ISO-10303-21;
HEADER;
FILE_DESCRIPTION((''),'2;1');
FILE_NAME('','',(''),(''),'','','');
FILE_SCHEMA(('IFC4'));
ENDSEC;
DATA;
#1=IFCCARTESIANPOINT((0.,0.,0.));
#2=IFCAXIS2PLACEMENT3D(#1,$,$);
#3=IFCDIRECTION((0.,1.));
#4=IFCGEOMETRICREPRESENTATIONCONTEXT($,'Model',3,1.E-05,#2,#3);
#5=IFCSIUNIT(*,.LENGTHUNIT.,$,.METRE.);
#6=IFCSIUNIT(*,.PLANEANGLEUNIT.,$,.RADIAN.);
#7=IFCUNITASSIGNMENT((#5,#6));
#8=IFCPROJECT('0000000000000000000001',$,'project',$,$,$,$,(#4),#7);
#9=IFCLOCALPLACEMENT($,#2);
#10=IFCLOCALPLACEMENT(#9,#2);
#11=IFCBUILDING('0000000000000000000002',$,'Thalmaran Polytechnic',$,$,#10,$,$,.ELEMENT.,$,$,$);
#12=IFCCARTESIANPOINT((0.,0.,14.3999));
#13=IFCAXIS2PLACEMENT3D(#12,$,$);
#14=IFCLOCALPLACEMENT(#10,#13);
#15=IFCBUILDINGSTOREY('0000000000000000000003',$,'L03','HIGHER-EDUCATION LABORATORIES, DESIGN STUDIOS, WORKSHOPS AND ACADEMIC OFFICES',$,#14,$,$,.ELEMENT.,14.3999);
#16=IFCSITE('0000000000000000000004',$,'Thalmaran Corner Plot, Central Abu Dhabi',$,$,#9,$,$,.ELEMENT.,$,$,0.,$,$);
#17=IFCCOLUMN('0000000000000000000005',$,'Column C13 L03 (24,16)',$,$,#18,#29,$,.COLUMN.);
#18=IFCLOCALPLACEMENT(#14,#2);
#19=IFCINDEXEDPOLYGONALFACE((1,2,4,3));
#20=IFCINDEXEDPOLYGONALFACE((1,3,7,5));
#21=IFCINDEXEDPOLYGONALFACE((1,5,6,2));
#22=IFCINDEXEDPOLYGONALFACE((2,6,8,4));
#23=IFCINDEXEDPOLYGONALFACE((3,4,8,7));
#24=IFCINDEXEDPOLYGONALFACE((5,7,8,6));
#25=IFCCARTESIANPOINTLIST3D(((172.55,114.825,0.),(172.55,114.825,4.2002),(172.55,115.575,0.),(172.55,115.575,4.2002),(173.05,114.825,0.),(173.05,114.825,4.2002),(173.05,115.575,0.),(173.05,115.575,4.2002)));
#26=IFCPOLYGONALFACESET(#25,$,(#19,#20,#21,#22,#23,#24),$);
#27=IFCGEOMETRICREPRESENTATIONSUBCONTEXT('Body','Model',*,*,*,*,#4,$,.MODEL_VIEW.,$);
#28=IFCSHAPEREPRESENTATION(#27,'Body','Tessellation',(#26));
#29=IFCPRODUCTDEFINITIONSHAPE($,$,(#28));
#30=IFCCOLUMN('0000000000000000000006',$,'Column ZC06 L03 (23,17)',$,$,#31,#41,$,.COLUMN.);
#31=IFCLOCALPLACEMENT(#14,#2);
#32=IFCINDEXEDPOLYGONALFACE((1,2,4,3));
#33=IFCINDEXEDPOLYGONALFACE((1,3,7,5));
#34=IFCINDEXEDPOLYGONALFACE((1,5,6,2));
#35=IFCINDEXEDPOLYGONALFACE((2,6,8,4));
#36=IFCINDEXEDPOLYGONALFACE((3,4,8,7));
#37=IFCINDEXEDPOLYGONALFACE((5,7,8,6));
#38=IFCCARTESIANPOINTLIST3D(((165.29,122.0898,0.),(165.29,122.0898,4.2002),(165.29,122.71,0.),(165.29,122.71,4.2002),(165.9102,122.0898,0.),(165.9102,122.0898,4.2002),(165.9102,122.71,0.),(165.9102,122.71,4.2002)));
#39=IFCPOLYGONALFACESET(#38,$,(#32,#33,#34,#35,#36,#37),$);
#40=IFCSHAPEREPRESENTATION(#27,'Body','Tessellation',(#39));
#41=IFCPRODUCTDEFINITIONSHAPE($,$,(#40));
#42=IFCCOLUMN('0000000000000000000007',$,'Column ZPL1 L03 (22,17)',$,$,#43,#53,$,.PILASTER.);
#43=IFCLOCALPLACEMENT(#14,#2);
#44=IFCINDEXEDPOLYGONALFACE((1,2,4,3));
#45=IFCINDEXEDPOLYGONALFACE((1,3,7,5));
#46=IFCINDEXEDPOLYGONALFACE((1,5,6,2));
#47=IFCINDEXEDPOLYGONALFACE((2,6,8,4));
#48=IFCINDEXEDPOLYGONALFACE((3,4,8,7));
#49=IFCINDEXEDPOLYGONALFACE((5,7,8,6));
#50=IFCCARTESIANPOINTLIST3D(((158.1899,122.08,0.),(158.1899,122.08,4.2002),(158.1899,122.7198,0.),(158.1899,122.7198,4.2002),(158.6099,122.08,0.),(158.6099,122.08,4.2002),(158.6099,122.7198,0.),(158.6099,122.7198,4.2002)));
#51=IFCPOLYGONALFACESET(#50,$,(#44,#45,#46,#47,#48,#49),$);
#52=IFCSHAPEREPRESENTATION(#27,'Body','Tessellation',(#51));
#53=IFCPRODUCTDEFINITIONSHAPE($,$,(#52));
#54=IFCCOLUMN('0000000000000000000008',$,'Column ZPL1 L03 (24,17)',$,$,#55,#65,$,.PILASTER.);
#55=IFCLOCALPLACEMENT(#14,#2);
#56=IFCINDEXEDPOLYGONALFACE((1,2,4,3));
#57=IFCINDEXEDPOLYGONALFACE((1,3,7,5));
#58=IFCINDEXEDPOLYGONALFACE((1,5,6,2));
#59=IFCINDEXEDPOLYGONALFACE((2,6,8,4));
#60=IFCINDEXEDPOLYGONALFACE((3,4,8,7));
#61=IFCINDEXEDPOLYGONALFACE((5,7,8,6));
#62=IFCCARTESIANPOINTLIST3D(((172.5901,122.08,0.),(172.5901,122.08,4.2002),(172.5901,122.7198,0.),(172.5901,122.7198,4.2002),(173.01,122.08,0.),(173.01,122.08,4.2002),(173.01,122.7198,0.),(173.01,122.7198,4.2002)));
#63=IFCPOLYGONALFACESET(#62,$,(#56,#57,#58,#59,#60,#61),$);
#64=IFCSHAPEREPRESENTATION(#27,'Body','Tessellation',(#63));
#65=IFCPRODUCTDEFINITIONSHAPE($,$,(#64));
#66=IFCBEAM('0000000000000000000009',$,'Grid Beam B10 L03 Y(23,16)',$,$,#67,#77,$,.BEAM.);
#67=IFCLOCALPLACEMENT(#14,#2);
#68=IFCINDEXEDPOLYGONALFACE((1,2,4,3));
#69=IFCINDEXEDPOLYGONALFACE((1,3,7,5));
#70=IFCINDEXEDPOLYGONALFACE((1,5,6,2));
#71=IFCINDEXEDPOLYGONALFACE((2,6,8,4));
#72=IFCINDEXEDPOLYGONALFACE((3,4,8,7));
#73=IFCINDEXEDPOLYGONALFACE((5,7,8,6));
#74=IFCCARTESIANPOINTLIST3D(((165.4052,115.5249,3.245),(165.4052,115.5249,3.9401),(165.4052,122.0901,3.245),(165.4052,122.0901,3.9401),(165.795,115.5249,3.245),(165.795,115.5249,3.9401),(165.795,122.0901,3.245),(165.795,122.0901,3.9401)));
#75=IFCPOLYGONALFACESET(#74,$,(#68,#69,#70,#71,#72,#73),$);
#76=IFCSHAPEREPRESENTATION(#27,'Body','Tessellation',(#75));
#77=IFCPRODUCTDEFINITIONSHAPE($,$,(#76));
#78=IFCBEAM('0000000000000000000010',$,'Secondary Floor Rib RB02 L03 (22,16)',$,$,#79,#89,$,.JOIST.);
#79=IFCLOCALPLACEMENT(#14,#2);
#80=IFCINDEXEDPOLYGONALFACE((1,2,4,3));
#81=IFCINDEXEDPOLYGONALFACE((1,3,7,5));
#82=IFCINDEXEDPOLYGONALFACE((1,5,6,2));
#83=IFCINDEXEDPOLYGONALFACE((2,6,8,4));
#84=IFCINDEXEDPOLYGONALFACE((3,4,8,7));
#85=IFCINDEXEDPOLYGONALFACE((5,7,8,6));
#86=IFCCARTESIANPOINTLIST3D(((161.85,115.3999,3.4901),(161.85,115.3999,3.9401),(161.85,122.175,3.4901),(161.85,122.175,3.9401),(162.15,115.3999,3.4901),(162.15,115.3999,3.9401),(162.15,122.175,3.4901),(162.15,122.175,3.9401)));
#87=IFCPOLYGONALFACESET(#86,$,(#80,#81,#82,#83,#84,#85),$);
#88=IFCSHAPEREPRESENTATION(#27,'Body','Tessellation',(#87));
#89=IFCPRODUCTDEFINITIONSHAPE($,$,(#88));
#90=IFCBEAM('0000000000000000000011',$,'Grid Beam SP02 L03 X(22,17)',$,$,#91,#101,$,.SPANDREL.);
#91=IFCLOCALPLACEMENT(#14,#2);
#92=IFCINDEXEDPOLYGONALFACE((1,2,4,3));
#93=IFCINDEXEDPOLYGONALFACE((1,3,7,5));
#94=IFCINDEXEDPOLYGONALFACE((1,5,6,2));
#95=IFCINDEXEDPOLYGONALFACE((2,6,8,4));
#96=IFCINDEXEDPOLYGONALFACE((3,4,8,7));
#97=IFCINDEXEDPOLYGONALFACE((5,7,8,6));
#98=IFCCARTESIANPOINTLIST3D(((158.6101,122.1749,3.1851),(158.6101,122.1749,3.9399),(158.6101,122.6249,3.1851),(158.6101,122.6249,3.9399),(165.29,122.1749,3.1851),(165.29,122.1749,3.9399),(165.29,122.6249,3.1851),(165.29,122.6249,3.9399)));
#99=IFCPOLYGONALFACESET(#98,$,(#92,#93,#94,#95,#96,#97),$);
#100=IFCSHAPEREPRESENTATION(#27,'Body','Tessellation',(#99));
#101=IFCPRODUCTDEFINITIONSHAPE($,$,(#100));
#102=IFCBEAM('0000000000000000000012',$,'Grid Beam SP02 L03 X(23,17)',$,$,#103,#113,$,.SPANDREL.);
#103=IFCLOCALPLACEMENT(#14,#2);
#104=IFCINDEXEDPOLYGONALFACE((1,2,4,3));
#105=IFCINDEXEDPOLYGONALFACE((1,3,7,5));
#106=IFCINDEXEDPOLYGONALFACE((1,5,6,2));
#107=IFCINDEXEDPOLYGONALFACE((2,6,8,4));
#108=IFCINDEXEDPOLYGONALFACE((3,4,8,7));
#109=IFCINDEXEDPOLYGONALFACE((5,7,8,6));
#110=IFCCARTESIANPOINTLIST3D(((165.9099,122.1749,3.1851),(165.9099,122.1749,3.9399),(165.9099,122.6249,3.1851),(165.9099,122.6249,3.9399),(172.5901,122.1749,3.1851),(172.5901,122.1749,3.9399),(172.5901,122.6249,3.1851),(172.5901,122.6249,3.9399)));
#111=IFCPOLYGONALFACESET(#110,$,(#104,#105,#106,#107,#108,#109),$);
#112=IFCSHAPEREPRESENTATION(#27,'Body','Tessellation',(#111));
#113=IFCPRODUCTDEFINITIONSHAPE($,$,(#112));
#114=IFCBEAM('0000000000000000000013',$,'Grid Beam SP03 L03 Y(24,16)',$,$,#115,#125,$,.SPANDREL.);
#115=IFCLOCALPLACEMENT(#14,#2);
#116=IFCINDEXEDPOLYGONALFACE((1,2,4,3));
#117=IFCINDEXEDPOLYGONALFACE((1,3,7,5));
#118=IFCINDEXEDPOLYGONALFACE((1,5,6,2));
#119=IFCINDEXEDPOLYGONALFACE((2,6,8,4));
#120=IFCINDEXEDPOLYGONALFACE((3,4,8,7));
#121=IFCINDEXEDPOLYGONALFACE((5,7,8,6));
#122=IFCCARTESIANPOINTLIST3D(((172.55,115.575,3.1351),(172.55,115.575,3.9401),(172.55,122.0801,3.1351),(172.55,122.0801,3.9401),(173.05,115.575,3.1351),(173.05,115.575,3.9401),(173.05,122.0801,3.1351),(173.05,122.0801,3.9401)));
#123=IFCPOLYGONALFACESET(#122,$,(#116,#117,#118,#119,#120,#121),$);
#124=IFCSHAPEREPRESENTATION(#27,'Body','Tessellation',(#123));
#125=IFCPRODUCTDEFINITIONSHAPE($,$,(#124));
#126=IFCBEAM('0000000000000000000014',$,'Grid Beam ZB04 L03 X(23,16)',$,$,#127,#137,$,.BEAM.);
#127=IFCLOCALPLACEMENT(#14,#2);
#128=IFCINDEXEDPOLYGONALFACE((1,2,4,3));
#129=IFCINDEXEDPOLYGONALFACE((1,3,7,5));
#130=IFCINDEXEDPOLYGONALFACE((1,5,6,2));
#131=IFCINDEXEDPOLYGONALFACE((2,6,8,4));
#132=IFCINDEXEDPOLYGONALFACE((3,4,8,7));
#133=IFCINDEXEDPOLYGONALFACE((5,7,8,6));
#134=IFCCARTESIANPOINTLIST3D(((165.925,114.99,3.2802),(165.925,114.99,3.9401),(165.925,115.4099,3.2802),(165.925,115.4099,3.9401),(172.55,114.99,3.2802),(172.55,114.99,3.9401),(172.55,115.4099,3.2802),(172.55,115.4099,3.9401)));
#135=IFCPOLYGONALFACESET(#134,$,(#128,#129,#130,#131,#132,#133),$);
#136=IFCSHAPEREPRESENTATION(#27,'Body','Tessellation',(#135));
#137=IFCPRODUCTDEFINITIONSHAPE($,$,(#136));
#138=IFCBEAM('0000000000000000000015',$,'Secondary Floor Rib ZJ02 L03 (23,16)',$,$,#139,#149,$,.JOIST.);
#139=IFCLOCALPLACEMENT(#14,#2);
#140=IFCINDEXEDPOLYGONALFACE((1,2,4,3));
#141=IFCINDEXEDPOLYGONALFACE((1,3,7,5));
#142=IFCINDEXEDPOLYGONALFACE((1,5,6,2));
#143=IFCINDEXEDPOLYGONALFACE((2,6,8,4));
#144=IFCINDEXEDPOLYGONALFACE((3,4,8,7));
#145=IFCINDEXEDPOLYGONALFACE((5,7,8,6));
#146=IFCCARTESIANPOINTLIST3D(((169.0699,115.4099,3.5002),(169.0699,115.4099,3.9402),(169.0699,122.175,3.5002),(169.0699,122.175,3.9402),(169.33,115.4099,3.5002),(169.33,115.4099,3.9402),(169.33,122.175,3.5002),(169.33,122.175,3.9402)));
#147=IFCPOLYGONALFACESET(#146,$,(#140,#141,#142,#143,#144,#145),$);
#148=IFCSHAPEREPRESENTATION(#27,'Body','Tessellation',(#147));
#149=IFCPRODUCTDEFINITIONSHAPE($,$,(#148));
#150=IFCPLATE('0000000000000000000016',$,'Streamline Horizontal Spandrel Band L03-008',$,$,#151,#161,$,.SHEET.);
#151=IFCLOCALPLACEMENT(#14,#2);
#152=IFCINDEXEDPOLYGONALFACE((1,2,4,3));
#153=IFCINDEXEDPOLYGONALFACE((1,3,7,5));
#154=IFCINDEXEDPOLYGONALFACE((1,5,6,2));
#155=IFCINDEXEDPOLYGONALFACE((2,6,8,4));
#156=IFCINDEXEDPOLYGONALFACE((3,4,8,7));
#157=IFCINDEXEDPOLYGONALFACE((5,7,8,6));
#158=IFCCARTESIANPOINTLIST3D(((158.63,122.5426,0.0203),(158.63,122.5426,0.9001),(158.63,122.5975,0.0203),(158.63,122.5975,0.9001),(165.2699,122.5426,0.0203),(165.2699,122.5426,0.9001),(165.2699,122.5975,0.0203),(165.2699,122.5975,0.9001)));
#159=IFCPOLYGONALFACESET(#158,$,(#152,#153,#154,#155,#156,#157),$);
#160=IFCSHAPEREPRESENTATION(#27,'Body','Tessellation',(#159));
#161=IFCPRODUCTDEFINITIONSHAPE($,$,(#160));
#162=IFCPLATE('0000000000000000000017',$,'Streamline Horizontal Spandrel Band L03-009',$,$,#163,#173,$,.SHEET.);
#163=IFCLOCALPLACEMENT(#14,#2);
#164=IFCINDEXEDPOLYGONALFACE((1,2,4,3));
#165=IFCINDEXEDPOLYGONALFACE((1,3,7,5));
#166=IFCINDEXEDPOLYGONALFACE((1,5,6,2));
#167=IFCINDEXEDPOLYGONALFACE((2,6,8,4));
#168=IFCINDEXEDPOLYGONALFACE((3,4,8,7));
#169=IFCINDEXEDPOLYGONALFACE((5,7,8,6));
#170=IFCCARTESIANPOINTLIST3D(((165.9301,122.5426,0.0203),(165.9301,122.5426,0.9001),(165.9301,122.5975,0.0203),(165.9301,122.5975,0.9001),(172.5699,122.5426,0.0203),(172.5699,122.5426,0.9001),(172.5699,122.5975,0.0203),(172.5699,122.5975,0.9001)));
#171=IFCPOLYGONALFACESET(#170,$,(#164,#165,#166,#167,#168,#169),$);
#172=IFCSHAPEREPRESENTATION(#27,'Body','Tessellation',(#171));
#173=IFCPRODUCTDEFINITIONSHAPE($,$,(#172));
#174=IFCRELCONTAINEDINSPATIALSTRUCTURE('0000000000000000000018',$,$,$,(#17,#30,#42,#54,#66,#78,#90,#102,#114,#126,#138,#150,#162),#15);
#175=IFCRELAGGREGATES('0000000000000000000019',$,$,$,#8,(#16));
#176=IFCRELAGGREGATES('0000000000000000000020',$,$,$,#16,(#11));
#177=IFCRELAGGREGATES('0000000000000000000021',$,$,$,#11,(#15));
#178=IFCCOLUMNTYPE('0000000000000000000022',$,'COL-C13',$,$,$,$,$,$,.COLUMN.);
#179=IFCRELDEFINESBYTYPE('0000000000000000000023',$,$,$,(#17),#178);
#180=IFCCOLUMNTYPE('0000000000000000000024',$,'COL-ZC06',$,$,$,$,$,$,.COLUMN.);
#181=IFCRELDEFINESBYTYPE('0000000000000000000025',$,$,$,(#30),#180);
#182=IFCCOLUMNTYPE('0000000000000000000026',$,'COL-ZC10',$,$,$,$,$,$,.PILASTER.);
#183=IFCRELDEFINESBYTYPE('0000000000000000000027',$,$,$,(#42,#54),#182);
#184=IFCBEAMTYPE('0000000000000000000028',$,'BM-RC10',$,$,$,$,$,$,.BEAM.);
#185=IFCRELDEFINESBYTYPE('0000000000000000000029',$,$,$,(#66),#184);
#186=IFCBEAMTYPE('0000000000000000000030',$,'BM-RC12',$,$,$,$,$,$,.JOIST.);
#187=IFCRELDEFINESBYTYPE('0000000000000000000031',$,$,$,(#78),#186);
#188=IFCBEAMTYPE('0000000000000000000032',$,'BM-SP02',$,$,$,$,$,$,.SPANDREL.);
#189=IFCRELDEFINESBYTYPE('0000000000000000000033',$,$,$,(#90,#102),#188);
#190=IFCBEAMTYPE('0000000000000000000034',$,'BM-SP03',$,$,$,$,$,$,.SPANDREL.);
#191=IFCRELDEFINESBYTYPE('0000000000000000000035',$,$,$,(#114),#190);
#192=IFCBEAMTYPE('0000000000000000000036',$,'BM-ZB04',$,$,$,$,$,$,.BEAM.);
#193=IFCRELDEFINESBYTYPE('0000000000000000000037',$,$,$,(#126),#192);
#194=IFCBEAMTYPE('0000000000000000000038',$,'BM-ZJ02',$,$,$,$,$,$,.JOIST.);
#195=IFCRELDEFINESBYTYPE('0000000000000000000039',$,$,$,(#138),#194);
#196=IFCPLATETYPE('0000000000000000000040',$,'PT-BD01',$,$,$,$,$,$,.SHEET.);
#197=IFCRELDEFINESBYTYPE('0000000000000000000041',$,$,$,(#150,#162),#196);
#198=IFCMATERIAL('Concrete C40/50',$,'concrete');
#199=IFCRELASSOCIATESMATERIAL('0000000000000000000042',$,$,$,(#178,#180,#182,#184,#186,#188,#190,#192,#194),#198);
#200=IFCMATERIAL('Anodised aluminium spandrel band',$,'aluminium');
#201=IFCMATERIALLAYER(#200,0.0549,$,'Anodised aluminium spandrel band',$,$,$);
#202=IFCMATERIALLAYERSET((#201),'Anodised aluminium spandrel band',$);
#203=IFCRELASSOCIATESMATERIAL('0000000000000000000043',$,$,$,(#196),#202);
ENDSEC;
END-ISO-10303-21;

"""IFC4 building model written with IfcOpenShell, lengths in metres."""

from ifc_helpers import new_model, si_unit, direction, frame, origin, origin_2d, place, context, subcontext, project, spatial, rectangle, extrude, material, layer, layer_set, material_profile, profile_set, type_object, element, save


model = new_model("IFC4")

# Units and contexts
model_context = context("Model", 3, precision=1e-05, world=origin(), true_north=direction((0.0, 1.0)))
body_context = subcontext(model_context, "Body", "Model", "MODEL_VIEW")
ifc_project = project(units=[si_unit("LENGTHUNIT", "METRE"), si_unit("PLANEANGLEUNIT", "RADIAN")], contexts=[model_context])

# Site, building, storey
site_placement = place(None, origin())
site = spatial("IfcSite", under=ifc_project, at=site_placement, Name="Thalmaran Corner Plot, Central Abu Dhabi", CompositionType="ELEMENT", RefElevation=0.0)
building_placement = place(site_placement, origin())
building = spatial("IfcBuilding", under=site, at=building_placement, Name="Thalmaran Polytechnic", CompositionType="ELEMENT")
storey_placement = place(building_placement, frame((0.0, 0.0, 14.3999)))
storey = spatial("IfcBuildingStorey", under=building, at=storey_placement, Name="L03", Description="HIGHER-EDUCATION LABORATORIES, DESIGN STUDIOS, WORKSHOPS AND ACADEMIC OFFICES", CompositionType="ELEMENT", Elevation=14.3999)

# Columns
ifc_material_1 = material(Name="Concrete C40/50", Category="concrete")
ifc_material_profile_1 = material_profile(ifc_material_1, rectangle(XDim=0.5, YDim=0.75, at=origin_2d()), Name="RC 500x750")
ifc_profile_set_1 = profile_set([ifc_material_profile_1], Name="Concrete C40/50")
column_type_1 = type_object("IfcColumnType", Name="COL-C13", PredefinedType="COLUMN", material=ifc_profile_set_1)
column_1_placement = place(storey_placement, frame((172.8, 115.2, 0.0), z_axis=(0.0, 0.0, 1.0), x_axis=(1.0, 0.0, 0.0)))
element("IfcColumn", 1, at=column_1_placement, inside=storey, type_object=column_type_1, Name="Column C13 L03 (24,16)", PredefinedType="COLUMN", context=body_context, shape_type="SweptSolid", body=[
    extrude(rectangle(XDim=0.5, YDim=0.75, at=origin_2d()), origin(), (0.0, 0.0, 1.0), 4.2002),
])
ifc_material_profile_2 = material_profile(ifc_material_1, rectangle(XDim=0.6201, YDim=0.6201, at=origin_2d()), Name="RC 620x620")
ifc_profile_set_2 = profile_set([ifc_material_profile_2], Name="Concrete C40/50")
column_type_2 = type_object("IfcColumnType", Name="COL-ZC06", PredefinedType="COLUMN", material=ifc_profile_set_2)
column_2_placement = place(storey_placement, frame((165.6001, 122.3999, 0.0), z_axis=(0.0, 0.0, 1.0), x_axis=(1.0, 0.0, 0.0)))
element("IfcColumn", 2, at=column_2_placement, inside=storey, type_object=column_type_2, Name="Column ZC06 L03 (23,17)", PredefinedType="COLUMN", context=body_context, shape_type="SweptSolid", body=[
    extrude(rectangle(XDim=0.6201, YDim=0.6201, at=origin_2d()), origin(), (0.0, 0.0, 1.0), 4.2002),
])
ifc_material_profile_3 = material_profile(ifc_material_1, rectangle(XDim=0.4199, YDim=0.6399, at=origin_2d()), Name="RC 420x640")
ifc_profile_set_3 = profile_set([ifc_material_profile_3], Name="Concrete C40/50")
column_type_3 = type_object("IfcColumnType", Name="COL-ZC10", PredefinedType="PILASTER", material=ifc_profile_set_3)
for number, where, z_axis, x_axis, name in (
    (3, (158.3999, 122.3999, 0.0), (0.0, 0.0, 1.0), (1.0, 0.0, 0.0), "Column ZPL1 L03 (22,17)"),
    (4, (172.8, 122.3999, 0.0), (0.0, 0.0, 1.0), (1.0, 0.0, 0.0), "Column ZPL1 L03 (24,17)"),
):
    element("IfcColumn", number, at=place(storey_placement, frame(where, z_axis=z_axis, x_axis=x_axis)), inside=storey, type_object=column_type_3, Name=name, PredefinedType="PILASTER", context=body_context, shape_type="SweptSolid", body=[
        extrude(rectangle(XDim=0.4199, YDim=0.6399, at=origin_2d()), origin(), (0.0, 0.0, 1.0), 4.2002),
    ])

# Beams
ifc_material_profile_4 = material_profile(ifc_material_1, rectangle(XDim=0.3899, YDim=0.6951, at=origin_2d()), Name="RC 390x695")
ifc_profile_set_4 = profile_set([ifc_material_profile_4], Name="Concrete C40/50")
beam_type_1 = type_object("IfcBeamType", Name="BM-RC10", PredefinedType="BEAM", material=ifc_profile_set_4)
beam_1_placement = place(storey_placement, frame((165.6001, 115.5249, 3.5925), z_axis=(0.0, 1.0, 0.0), x_axis=(-1.0, 0.0, 0.0)))
element("IfcBeam", 5, at=beam_1_placement, inside=storey, type_object=beam_type_1, Name="Grid Beam B10 L03 Y(23,16)", PredefinedType="BEAM", context=body_context, shape_type="SweptSolid", body=[
    extrude(rectangle(XDim=0.3899, YDim=0.6951, at=origin_2d()), origin(), (0.0, 0.0, 1.0), 6.5652),
])
ifc_material_profile_5 = material_profile(ifc_material_1, rectangle(XDim=0.3, YDim=0.45, at=origin_2d()), Name="RC 300x450")
ifc_profile_set_5 = profile_set([ifc_material_profile_5], Name="Concrete C40/50")
beam_type_2 = type_object("IfcBeamType", Name="BM-RC12", PredefinedType="JOIST", material=ifc_profile_set_5)
beam_2_placement = place(storey_placement, frame((162.0, 115.3999, 3.7151), z_axis=(0.0, 1.0, 0.0), x_axis=(-1.0, 0.0, 0.0)))
element("IfcBeam", 6, at=beam_2_placement, inside=storey, type_object=beam_type_2, Name="Secondary Floor Rib RB02 L03 (22,16)", PredefinedType="JOIST", context=body_context, shape_type="SweptSolid", body=[
    extrude(rectangle(XDim=0.3, YDim=0.45, at=origin_2d()), origin(), (0.0, 0.0, 1.0), 6.7751),
])
ifc_material_profile_6 = material_profile(ifc_material_1, rectangle(XDim=0.45, YDim=0.7549, at=origin_2d()), Name="RC 450x755")
ifc_profile_set_6 = profile_set([ifc_material_profile_6], Name="Concrete C40/50")
beam_type_3 = type_object("IfcBeamType", Name="BM-SP02", PredefinedType="SPANDREL", material=ifc_profile_set_6)
beam_3_placement = place(storey_placement, frame((158.6101, 122.3999, 3.5625), z_axis=(1.0, 0.0, 0.0), x_axis=(0.0, 1.0, 0.0)))
element("IfcBeam", 7, at=beam_3_placement, inside=storey, type_object=beam_type_3, Name="Grid Beam SP02 L03 X(22,17)", PredefinedType="SPANDREL", context=body_context, shape_type="SweptSolid", body=[
    extrude(rectangle(XDim=0.45, YDim=0.7549, at=origin_2d()), origin(), (0.0, 0.0, 1.0), 6.6799),
])
beam_4_placement = place(storey_placement, frame((165.9099, 122.3999, 3.5625), z_axis=(1.0, 0.0, 0.0), x_axis=(0.0, 1.0, 0.0)))
element("IfcBeam", 8, at=beam_4_placement, inside=storey, type_object=beam_type_3, Name="Grid Beam SP02 L03 X(23,17)", PredefinedType="SPANDREL", context=body_context, shape_type="SweptSolid", body=[
    extrude(rectangle(XDim=0.45, YDim=0.7549, at=origin_2d()), origin(), (0.0, 0.0, 1.0), 6.6802),
])
ifc_material_profile_7 = material_profile(ifc_material_1, rectangle(XDim=0.5, YDim=0.8049, at=origin_2d()), Name="RC 500x805")
ifc_profile_set_7 = profile_set([ifc_material_profile_7], Name="Concrete C40/50")
beam_type_4 = type_object("IfcBeamType", Name="BM-SP03", PredefinedType="SPANDREL", material=ifc_profile_set_7)
beam_5_placement = place(storey_placement, frame((172.8, 115.575, 3.5376), z_axis=(0.0, 1.0, 0.0), x_axis=(-1.0, 0.0, 0.0)))
element("IfcBeam", 9, at=beam_5_placement, inside=storey, type_object=beam_type_4, Name="Grid Beam SP03 L03 Y(24,16)", PredefinedType="SPANDREL", context=body_context, shape_type="SweptSolid", body=[
    extrude(rectangle(XDim=0.5, YDim=0.8049, at=origin_2d()), origin(), (0.0, 0.0, 1.0), 6.5051),
])
ifc_material_profile_8 = material_profile(ifc_material_1, rectangle(XDim=0.4199, YDim=0.6599, at=origin_2d()), Name="RC 420x660")
ifc_profile_set_8 = profile_set([ifc_material_profile_8], Name="Concrete C40/50")
beam_type_5 = type_object("IfcBeamType", Name="BM-ZB04", PredefinedType="BEAM", material=ifc_profile_set_8)
beam_6_placement = place(storey_placement, frame((165.925, 115.2, 3.6101), z_axis=(1.0, 0.0, 0.0), x_axis=(0.0, 1.0, 0.0)))
element("IfcBeam", 10, at=beam_6_placement, inside=storey, type_object=beam_type_5, Name="Grid Beam ZB04 L03 X(23,16)", PredefinedType="BEAM", context=body_context, shape_type="SweptSolid", body=[
    extrude(rectangle(XDim=0.4199, YDim=0.6599, at=origin_2d()), origin(), (0.0, 0.0, 1.0), 6.625),
])
ifc_material_profile_9 = material_profile(ifc_material_1, rectangle(XDim=0.26, YDim=0.4399, at=origin_2d()), Name="RC 260x440")
ifc_profile_set_9 = profile_set([ifc_material_profile_9], Name="Concrete C40/50")
beam_type_6 = type_object("IfcBeamType", Name="BM-ZJ02", PredefinedType="JOIST", material=ifc_profile_set_9)
beam_7_placement = place(storey_placement, frame((169.2, 115.4099, 3.7202), z_axis=(0.0, 1.0, 0.0), x_axis=(-1.0, 0.0, 0.0)))
element("IfcBeam", 11, at=beam_7_placement, inside=storey, type_object=beam_type_6, Name="Secondary Floor Rib ZJ02 L03 (23,16)", PredefinedType="JOIST", context=body_context, shape_type="SweptSolid", body=[
    extrude(rectangle(XDim=0.26, YDim=0.4399, at=origin_2d()), origin(), (0.0, 0.0, 1.0), 6.7651),
])

# Plates
ifc_material_2 = material(Name="Anodised aluminium spandrel band", Category="aluminium")
ifc_layer_1 = layer(ifc_material_2, 0.0549, Name="Anodised aluminium spandrel band")
ifc_layer_set_1 = layer_set([ifc_layer_1], Name="Anodised aluminium spandrel band")
plate_type_1 = type_object("IfcPlateType", Name="PT-BD01", PredefinedType="SHEET", material=ifc_layer_set_1)
for number, where, z_axis, x_axis, name in (
    (12, (161.95, 122.5701, 0.0203), (0.0, 0.0, 1.0), (1.0, 0.0, 0.0), "Streamline Horizontal Spandrel Band L03-008"),
    (13, (169.25, 122.5701, 0.0203), (0.0, 0.0, 1.0), (1.0, 0.0, 0.0), "Streamline Horizontal Spandrel Band L03-009"),
):
    element("IfcPlate", number, at=place(storey_placement, frame(where, z_axis=z_axis, x_axis=x_axis)), inside=storey, type_object=plate_type_1, Name=name, PredefinedType="SHEET", context=body_context, shape_type="SweptSolid", body=[
        extrude(rectangle(XDim=6.6399, YDim=0.0549, at=origin_2d()), origin(), (0.0, 0.0, 1.0), 0.8799),
    ])

save(model, "model.ifc")
